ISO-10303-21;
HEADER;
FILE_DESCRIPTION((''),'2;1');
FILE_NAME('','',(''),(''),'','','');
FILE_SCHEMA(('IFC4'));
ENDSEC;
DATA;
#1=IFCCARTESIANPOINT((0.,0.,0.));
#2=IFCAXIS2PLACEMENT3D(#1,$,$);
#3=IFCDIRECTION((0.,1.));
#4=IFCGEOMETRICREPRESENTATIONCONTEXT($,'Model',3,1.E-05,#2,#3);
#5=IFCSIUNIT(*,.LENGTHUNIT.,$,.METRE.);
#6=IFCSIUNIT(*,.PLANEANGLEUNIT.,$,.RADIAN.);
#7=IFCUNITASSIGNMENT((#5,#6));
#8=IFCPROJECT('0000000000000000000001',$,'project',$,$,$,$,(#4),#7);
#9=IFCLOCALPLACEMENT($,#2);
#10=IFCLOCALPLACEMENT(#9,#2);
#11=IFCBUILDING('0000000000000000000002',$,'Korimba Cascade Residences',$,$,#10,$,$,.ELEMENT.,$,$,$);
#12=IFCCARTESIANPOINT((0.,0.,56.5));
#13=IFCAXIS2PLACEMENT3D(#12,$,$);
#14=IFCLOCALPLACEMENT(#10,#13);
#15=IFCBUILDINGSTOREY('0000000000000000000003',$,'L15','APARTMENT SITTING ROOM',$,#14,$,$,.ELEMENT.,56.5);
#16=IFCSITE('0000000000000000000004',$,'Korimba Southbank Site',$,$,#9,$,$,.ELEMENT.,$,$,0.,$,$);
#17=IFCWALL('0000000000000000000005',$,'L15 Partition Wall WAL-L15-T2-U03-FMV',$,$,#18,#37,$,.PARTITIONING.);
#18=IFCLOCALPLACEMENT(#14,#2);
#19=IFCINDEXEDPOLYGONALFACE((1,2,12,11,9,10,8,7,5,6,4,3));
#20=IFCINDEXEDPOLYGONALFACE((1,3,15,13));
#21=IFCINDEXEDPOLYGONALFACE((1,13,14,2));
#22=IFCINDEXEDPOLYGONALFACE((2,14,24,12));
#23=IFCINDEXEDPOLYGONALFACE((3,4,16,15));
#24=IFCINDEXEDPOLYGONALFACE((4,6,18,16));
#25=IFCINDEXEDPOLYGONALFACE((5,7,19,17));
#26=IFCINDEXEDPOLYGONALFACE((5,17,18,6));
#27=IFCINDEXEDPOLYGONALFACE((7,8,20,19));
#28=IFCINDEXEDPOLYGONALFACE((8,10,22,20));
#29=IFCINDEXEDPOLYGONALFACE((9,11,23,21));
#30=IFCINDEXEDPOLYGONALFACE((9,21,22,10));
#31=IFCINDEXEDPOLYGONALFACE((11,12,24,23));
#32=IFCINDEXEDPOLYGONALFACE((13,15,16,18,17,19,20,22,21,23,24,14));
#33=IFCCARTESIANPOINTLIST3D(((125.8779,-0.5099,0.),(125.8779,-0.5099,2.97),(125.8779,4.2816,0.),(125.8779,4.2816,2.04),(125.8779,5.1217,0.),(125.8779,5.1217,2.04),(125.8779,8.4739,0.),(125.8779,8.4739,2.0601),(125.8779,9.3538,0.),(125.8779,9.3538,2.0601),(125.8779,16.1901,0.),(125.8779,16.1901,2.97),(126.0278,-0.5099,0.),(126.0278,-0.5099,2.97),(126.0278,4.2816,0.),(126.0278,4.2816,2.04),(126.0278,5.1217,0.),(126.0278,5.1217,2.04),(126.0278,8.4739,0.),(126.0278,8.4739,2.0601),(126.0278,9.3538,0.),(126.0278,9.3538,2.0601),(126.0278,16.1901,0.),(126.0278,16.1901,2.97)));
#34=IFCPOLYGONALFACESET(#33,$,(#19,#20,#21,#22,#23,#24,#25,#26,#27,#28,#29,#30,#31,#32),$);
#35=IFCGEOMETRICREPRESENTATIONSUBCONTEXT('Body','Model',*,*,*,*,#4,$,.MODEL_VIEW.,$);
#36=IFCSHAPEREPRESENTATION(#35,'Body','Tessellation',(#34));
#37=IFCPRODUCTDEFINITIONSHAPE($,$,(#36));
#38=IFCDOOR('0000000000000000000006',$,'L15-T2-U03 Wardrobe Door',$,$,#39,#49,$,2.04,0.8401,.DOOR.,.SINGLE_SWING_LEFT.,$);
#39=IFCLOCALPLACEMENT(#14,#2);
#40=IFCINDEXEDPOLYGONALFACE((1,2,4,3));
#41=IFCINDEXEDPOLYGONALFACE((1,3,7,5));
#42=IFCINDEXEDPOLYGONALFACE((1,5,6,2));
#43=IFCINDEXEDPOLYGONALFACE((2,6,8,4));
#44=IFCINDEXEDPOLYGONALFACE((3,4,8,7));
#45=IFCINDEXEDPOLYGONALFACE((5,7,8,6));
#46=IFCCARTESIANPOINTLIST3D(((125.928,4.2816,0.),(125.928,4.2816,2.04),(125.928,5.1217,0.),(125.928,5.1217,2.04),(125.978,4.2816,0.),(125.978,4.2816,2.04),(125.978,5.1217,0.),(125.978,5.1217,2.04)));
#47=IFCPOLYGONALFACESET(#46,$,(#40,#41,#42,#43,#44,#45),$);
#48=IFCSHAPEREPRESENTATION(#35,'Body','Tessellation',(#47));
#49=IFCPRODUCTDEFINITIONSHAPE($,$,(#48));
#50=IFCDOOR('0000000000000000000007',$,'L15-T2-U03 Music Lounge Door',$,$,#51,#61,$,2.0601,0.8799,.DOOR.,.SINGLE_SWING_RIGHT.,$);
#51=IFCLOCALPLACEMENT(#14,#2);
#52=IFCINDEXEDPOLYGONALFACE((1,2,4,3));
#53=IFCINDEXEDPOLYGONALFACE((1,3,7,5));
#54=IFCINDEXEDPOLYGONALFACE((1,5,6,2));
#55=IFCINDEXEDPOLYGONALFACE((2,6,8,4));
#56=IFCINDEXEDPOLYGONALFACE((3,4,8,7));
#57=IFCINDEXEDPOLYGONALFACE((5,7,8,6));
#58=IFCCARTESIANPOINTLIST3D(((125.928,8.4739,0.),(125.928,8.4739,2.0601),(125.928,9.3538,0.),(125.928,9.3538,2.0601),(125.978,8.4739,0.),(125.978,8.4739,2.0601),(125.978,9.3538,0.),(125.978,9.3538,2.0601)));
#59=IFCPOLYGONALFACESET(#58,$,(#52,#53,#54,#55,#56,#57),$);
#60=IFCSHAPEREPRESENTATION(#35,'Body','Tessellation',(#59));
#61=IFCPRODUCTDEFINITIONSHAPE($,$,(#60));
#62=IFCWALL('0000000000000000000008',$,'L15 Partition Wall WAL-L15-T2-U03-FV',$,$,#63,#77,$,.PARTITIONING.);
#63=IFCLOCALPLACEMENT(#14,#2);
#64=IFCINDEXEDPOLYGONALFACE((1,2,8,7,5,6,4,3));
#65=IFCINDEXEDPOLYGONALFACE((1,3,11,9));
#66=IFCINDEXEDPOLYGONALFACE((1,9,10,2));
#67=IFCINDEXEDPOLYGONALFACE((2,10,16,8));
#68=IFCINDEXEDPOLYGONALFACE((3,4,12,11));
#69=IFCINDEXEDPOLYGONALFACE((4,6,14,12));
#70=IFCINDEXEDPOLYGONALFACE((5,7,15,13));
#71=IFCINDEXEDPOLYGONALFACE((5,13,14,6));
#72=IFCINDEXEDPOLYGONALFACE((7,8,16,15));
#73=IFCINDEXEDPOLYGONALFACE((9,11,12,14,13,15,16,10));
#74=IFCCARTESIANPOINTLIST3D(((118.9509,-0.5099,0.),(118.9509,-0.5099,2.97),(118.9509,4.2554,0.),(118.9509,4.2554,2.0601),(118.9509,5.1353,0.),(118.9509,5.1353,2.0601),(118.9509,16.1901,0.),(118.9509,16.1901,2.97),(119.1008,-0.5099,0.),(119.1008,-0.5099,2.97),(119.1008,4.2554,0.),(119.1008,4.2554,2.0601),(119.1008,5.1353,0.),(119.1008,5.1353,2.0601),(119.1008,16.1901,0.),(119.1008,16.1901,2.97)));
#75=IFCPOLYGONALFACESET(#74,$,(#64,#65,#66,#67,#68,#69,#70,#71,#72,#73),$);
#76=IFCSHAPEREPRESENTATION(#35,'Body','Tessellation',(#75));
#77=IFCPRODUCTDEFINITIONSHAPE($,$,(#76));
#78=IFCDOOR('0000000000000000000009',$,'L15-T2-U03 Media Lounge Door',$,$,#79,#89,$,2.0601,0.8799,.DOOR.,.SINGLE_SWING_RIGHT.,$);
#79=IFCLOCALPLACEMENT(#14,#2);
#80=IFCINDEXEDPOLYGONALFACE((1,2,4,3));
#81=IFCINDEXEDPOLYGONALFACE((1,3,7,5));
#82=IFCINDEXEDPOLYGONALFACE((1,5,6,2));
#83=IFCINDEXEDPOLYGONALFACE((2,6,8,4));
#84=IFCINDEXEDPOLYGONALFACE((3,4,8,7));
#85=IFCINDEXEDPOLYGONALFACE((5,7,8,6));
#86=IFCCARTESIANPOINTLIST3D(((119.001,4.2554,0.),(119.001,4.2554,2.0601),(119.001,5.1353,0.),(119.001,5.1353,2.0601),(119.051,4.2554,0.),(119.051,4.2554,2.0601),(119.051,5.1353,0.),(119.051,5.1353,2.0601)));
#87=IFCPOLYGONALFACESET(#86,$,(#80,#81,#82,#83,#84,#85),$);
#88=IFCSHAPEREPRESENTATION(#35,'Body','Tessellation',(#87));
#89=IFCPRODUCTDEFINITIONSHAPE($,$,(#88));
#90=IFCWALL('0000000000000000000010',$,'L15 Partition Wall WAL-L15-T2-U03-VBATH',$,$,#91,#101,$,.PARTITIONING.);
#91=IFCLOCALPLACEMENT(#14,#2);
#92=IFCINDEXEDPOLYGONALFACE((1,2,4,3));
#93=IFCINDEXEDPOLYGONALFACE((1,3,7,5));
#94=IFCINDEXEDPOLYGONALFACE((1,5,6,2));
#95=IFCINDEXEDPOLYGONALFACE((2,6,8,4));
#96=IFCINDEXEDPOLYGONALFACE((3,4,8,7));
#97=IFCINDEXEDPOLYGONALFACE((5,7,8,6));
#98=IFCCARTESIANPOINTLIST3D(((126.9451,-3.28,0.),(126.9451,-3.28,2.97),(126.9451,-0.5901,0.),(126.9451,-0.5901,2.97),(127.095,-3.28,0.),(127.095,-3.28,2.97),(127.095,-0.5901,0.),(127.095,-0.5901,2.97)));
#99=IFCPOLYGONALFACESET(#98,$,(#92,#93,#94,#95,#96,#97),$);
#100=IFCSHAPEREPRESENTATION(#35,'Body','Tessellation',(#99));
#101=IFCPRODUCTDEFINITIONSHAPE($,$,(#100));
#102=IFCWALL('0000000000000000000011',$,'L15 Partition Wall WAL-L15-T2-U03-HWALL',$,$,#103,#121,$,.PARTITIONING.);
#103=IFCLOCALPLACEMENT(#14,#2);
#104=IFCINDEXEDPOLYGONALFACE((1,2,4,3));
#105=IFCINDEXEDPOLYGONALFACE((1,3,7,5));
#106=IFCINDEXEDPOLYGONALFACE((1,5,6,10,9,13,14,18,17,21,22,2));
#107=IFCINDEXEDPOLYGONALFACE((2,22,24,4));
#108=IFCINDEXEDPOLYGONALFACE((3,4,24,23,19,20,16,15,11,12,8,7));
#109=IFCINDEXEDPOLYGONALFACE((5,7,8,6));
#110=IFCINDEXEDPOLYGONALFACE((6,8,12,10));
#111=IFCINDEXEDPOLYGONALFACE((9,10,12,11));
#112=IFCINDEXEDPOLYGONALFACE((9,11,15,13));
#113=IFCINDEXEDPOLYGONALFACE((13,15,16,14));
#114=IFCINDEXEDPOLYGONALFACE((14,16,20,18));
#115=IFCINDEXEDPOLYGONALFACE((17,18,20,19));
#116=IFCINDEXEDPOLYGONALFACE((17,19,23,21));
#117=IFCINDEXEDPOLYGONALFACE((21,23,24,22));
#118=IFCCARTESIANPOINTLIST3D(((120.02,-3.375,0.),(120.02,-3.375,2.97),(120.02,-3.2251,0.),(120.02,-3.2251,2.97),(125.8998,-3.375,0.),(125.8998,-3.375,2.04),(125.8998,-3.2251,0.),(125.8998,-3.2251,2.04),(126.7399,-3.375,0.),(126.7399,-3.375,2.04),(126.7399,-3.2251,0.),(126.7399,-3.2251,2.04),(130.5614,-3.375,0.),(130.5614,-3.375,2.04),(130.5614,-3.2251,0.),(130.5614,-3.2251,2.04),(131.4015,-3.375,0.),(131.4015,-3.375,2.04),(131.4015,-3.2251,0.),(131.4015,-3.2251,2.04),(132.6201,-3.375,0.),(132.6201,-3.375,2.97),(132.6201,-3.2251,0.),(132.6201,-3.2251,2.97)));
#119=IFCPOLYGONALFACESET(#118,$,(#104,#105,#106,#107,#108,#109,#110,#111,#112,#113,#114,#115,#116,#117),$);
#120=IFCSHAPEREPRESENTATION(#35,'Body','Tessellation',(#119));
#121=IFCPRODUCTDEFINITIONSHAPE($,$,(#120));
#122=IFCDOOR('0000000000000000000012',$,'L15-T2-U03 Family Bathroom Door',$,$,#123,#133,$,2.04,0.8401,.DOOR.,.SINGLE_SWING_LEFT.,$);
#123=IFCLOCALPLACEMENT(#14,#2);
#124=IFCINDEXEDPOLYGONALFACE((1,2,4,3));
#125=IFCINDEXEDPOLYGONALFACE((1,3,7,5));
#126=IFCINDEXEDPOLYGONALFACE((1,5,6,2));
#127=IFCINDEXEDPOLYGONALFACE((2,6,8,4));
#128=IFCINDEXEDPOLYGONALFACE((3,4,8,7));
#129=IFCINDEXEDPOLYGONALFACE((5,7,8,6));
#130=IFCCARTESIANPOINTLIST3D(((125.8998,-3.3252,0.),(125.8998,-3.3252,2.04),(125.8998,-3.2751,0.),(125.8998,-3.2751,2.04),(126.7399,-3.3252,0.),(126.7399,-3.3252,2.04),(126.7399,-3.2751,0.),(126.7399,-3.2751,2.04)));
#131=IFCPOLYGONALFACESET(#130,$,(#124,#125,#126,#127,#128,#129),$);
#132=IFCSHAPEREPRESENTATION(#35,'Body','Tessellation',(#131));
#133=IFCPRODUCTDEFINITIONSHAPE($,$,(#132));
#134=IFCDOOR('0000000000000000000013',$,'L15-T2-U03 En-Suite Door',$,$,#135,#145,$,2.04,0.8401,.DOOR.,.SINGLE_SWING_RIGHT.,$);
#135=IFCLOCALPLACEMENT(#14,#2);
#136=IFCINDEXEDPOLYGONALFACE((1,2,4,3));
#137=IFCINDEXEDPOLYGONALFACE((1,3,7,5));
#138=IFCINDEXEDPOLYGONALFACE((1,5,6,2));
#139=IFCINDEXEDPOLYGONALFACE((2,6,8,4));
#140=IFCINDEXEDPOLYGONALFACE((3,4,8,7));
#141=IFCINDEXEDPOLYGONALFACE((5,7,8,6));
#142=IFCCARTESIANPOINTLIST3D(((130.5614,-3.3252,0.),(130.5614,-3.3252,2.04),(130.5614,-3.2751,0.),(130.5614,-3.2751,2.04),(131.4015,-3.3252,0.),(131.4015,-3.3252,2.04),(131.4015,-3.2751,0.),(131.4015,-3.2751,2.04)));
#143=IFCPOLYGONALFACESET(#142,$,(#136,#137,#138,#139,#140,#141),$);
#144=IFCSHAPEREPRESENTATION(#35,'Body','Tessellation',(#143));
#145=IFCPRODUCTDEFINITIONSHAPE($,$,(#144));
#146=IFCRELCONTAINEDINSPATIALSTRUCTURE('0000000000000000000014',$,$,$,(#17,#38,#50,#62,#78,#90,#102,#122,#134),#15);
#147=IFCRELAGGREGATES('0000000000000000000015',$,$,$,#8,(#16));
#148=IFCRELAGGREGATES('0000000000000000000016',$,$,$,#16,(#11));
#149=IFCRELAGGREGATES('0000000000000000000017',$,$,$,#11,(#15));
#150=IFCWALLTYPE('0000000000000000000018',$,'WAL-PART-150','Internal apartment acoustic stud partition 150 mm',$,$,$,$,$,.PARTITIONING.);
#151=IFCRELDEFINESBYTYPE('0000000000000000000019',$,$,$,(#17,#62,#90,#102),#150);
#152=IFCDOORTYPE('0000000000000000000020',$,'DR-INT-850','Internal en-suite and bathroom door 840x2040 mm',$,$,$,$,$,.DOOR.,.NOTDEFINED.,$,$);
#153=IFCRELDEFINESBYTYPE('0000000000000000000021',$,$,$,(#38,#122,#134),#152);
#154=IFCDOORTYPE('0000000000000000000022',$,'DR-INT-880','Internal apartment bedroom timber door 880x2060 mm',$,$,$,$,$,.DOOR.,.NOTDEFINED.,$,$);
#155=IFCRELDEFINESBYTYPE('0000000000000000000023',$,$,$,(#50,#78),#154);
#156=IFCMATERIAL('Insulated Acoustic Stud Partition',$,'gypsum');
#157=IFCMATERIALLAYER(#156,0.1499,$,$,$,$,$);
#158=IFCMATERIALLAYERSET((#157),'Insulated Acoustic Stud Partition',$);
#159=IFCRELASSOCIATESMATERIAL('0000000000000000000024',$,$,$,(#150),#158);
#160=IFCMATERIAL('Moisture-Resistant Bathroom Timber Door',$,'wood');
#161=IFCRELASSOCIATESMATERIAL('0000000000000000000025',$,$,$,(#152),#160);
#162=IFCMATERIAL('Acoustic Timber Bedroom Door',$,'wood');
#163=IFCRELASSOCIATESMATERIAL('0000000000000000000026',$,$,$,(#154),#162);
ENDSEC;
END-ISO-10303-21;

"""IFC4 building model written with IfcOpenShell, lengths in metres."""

from ifc_helpers import new_model, si_unit, direction, frame, frame_2d, origin, place, context, subcontext, project, spatial, rectangle, extrude, material, layer, layer_set, type_object, element, fill, save


model = new_model("IFC4")

# Units and contexts
model_context = context("Model", 3, precision=1e-05, world=origin(), true_north=direction((0.0, 1.0)))
body_context = subcontext(model_context, "Body", "Model", "MODEL_VIEW")
ifc_project = project(units=[si_unit("LENGTHUNIT", "METRE"), si_unit("PLANEANGLEUNIT", "RADIAN")], contexts=[model_context])

# Site, building, storey
site_placement = place(None, origin())
site = spatial("IfcSite", under=ifc_project, at=site_placement, Name="Korimba Southbank Site", CompositionType="ELEMENT", RefElevation=0.0)
building_placement = place(site_placement, origin())
building = spatial("IfcBuilding", under=site, at=building_placement, Name="Korimba Cascade Residences", CompositionType="ELEMENT")
storey_placement = place(building_placement, frame((0.0, 0.0, 56.5)))
storey = spatial("IfcBuildingStorey", under=building, at=storey_placement, Name="L15", Description="APARTMENT SITTING ROOM", CompositionType="ELEMENT", Elevation=56.5)

# Wall, openings, doors
ifc_material_1 = material(Name="Insulated Acoustic Stud Partition", Category="gypsum")
ifc_layer = layer(ifc_material_1, 0.1499)
ifc_layer_set = layer_set([ifc_layer], Name="Insulated Acoustic Stud Partition")
wall_type = type_object("IfcWallType", Name="WAL-PART-150", Description="Internal apartment acoustic stud partition 150 mm", PredefinedType="PARTITIONING", material=ifc_layer_set)
wall_1_placement = place(storey_placement, frame((125.9529, -0.51, 0.0), z_axis=(0.0, 0.0, 1.0), x_axis=(0.0, 1.0, 0.0)))
wall_1 = element("IfcWall", 1, at=wall_1_placement, inside=storey, type_object=wall_type, Name="L15 Partition Wall WAL-L15-T2-U03-FMV", PredefinedType="PARTITIONING", context=body_context, shape_type="SweptSolid", body=[
    extrude(rectangle(XDim=16.7, YDim=0.1499, at=frame_2d((8.3501, 0.0))), origin(), (0.0, 0.0, 1.0), 2.97),
])
opening_1_placement = place(wall_1_placement, frame((4.7917, 0.0, 0.0)))
opening_1 = element("IfcOpeningElement", 2, at=opening_1_placement, cuts=wall_1, PredefinedType="OPENING", context=body_context, shape_type="SweptSolid", body=[
    extrude(rectangle(XDim=0.8401, YDim=2.04, at=frame_2d((0.4199, 1.02))), frame((0.0, 0.085, 0.0), z_axis=(0.0, -1.0, 0.0), x_axis=(1.0, 0.0, 0.0)), (0.0, 0.0, 1.0), 0.1699),
])
opening_2_placement = place(wall_1_placement, frame((8.9839, 0.0, 0.0)))
opening_2 = element("IfcOpeningElement", 3, at=opening_2_placement, cuts=wall_1, PredefinedType="OPENING", context=body_context, shape_type="SweptSolid", body=[
    extrude(rectangle(XDim=0.8799, YDim=2.0601, at=frame_2d((0.4399, 1.03))), frame((0.0, 0.085, 0.0), z_axis=(0.0, -1.0, 0.0), x_axis=(1.0, 0.0, 0.0)), (0.0, 0.0, 1.0), 0.1699),
])
ifc_material_2 = material(Name="Moisture-Resistant Bathroom Timber Door", Category="wood")
door_type_1 = type_object("IfcDoorType", Name="DR-INT-850", Description="Internal en-suite and bathroom door 840x2040 mm", OperationType="NOTDEFINED", PredefinedType="DOOR", material=ifc_material_2)
door_1_placement = place(opening_1_placement, origin())
door_1 = element("IfcDoor", 4, at=door_1_placement, inside=storey, type_object=door_type_1, Name="L15-T2-U03 Wardrobe Door", OperationType="SINGLE_SWING_LEFT", OverallHeight=2.04, OverallWidth=0.8401, PredefinedType="DOOR", context=body_context, shape_type="SweptSolid", body=[
    extrude(rectangle(XDim=0.8401, YDim=2.04, at=frame_2d((0.4199, 1.02))), frame((0.0, 0.0249, 0.0), z_axis=(0.0, -1.0, 0.0), x_axis=(1.0, 0.0, 0.0)), (0.0, 0.0, 1.0), 0.05),
])
fill(opening_1, door_1)
ifc_material_3 = material(Name="Acoustic Timber Bedroom Door", Category="wood")
door_type_2 = type_object("IfcDoorType", Name="DR-INT-880", Description="Internal apartment bedroom timber door 880x2060 mm", OperationType="NOTDEFINED", PredefinedType="DOOR", material=ifc_material_3)
door_2_placement = place(opening_2_placement, origin())
door_2 = element("IfcDoor", 5, at=door_2_placement, inside=storey, type_object=door_type_2, Name="L15-T2-U03 Music Lounge Door", OperationType="SINGLE_SWING_RIGHT", OverallHeight=2.0601, OverallWidth=0.8799, PredefinedType="DOOR", context=body_context, shape_type="SweptSolid", body=[
    extrude(rectangle(XDim=0.8799, YDim=2.0601, at=frame_2d((0.4399, 1.03))), frame((0.0, 0.0249, 0.0), z_axis=(0.0, -1.0, 0.0), x_axis=(1.0, 0.0, 0.0)), (0.0, 0.0, 1.0), 0.05),
])
fill(opening_2, door_2)

# Wall, opening, door
wall_2_placement = place(storey_placement, frame((119.0259, -0.51, 0.0), z_axis=(0.0, 0.0, 1.0), x_axis=(0.0, 1.0, 0.0)))
wall_2 = element("IfcWall", 6, at=wall_2_placement, inside=storey, type_object=wall_type, Name="L15 Partition Wall WAL-L15-T2-U03-FV", PredefinedType="PARTITIONING", context=body_context, shape_type="SweptSolid", body=[
    extrude(rectangle(XDim=16.7, YDim=0.1499, at=frame_2d((8.3501, 0.0))), origin(), (0.0, 0.0, 1.0), 2.97),
])
opening_3_placement = place(wall_2_placement, frame((4.7654, 0.0, 0.0)))
opening_3 = element("IfcOpeningElement", 7, at=opening_3_placement, cuts=wall_2, PredefinedType="OPENING", context=body_context, shape_type="SweptSolid", body=[
    extrude(rectangle(XDim=0.8799, YDim=2.0601, at=frame_2d((0.4399, 1.03))), frame((0.0, 0.085, 0.0), z_axis=(0.0, -1.0, 0.0), x_axis=(1.0, 0.0, 0.0)), (0.0, 0.0, 1.0), 0.1699),
])
door_3_placement = place(opening_3_placement, origin())
door_3 = element("IfcDoor", 8, at=door_3_placement, inside=storey, type_object=door_type_2, Name="L15-T2-U03 Media Lounge Door", OperationType="SINGLE_SWING_RIGHT", OverallHeight=2.0601, OverallWidth=0.8799, PredefinedType="DOOR", context=body_context, shape_type="SweptSolid", body=[
    extrude(rectangle(XDim=0.8799, YDim=2.0601, at=frame_2d((0.4399, 1.03))), frame((0.0, 0.0249, 0.0), z_axis=(0.0, -1.0, 0.0), x_axis=(1.0, 0.0, 0.0)), (0.0, 0.0, 1.0), 0.05),
])
fill(opening_3, door_3)

# Wall
wall_3_placement = place(storey_placement, frame((127.02, -3.28, 0.0), z_axis=(0.0, 0.0, 1.0), x_axis=(0.0, 1.0, 0.0)))
element("IfcWall", 9, at=wall_3_placement, inside=storey, type_object=wall_type, Name="L15 Partition Wall WAL-L15-T2-U03-VBATH", PredefinedType="PARTITIONING", context=body_context, shape_type="SweptSolid", body=[
    extrude(rectangle(XDim=2.6899, YDim=0.1499, at=frame_2d((1.345, 0.0))), origin(), (0.0, 0.0, 1.0), 2.97),
])

# Wall, openings, doors
wall_4_placement = place(storey_placement, frame((120.02, -3.3, 0.0), z_axis=(0.0, 0.0, 1.0), x_axis=(1.0, 0.0, 0.0)))
wall_4 = element("IfcWall", 10, at=wall_4_placement, inside=storey, type_object=wall_type, Name="L15 Partition Wall WAL-L15-T2-U03-HWALL", PredefinedType="PARTITIONING", context=body_context, shape_type="SweptSolid", body=[
    extrude(rectangle(XDim=12.6001, YDim=0.1499, at=frame_2d((6.3, 0.0))), origin(), (0.0, 0.0, 1.0), 2.97),
])
opening_4_placement = place(wall_4_placement, frame((5.8799, 0.0, 0.0)))
opening_4 = element("IfcOpeningElement", 11, at=opening_4_placement, cuts=wall_4, PredefinedType="OPENING", context=body_context, shape_type="SweptSolid", body=[
    extrude(rectangle(XDim=0.8401, YDim=2.04, at=frame_2d((0.4199, 1.02))), frame((0.0, 0.085, 0.0), z_axis=(0.0, -1.0, 0.0), x_axis=(1.0, 0.0, 0.0)), (0.0, 0.0, 1.0), 0.1699),
])
opening_5_placement = place(wall_4_placement, frame((10.5415, 0.0, 0.0)))
opening_5 = element("IfcOpeningElement", 12, at=opening_5_placement, cuts=wall_4, PredefinedType="OPENING", context=body_context, shape_type="SweptSolid", body=[
    extrude(rectangle(XDim=0.8401, YDim=2.04, at=frame_2d((0.4199, 1.02))), frame((0.0, 0.085, 0.0), z_axis=(0.0, -1.0, 0.0), x_axis=(1.0, 0.0, 0.0)), (0.0, 0.0, 1.0), 0.1699),
])
door_4_placement = place(opening_4_placement, origin())
door_4 = element("IfcDoor", 13, at=door_4_placement, inside=storey, type_object=door_type_1, Name="L15-T2-U03 Family Bathroom Door", OperationType="SINGLE_SWING_LEFT", OverallHeight=2.04, OverallWidth=0.8401, PredefinedType="DOOR", context=body_context, shape_type="SweptSolid", body=[
    extrude(rectangle(XDim=0.8401, YDim=2.04, at=frame_2d((0.4199, 1.02))), frame((0.0, 0.0249, 0.0), z_axis=(0.0, -1.0, 0.0), x_axis=(1.0, 0.0, 0.0)), (0.0, 0.0, 1.0), 0.05),
])
fill(opening_4, door_4)
door_5_placement = place(opening_5_placement, origin())
door_5 = element("IfcDoor", 14, at=door_5_placement, inside=storey, type_object=door_type_1, Name="L15-T2-U03 En-Suite Door", OperationType="SINGLE_SWING_RIGHT", OverallHeight=2.04, OverallWidth=0.8401, PredefinedType="DOOR", context=body_context, shape_type="SweptSolid", body=[
    extrude(rectangle(XDim=0.8401, YDim=2.04, at=frame_2d((0.4199, 1.02))), frame((0.0, 0.0249, 0.0), z_axis=(0.0, -1.0, 0.0), x_axis=(1.0, 0.0, 0.0)), (0.0, 0.0, 1.0), 0.05),
])
fill(opening_5, door_5)

save(model, "model.ifc")
